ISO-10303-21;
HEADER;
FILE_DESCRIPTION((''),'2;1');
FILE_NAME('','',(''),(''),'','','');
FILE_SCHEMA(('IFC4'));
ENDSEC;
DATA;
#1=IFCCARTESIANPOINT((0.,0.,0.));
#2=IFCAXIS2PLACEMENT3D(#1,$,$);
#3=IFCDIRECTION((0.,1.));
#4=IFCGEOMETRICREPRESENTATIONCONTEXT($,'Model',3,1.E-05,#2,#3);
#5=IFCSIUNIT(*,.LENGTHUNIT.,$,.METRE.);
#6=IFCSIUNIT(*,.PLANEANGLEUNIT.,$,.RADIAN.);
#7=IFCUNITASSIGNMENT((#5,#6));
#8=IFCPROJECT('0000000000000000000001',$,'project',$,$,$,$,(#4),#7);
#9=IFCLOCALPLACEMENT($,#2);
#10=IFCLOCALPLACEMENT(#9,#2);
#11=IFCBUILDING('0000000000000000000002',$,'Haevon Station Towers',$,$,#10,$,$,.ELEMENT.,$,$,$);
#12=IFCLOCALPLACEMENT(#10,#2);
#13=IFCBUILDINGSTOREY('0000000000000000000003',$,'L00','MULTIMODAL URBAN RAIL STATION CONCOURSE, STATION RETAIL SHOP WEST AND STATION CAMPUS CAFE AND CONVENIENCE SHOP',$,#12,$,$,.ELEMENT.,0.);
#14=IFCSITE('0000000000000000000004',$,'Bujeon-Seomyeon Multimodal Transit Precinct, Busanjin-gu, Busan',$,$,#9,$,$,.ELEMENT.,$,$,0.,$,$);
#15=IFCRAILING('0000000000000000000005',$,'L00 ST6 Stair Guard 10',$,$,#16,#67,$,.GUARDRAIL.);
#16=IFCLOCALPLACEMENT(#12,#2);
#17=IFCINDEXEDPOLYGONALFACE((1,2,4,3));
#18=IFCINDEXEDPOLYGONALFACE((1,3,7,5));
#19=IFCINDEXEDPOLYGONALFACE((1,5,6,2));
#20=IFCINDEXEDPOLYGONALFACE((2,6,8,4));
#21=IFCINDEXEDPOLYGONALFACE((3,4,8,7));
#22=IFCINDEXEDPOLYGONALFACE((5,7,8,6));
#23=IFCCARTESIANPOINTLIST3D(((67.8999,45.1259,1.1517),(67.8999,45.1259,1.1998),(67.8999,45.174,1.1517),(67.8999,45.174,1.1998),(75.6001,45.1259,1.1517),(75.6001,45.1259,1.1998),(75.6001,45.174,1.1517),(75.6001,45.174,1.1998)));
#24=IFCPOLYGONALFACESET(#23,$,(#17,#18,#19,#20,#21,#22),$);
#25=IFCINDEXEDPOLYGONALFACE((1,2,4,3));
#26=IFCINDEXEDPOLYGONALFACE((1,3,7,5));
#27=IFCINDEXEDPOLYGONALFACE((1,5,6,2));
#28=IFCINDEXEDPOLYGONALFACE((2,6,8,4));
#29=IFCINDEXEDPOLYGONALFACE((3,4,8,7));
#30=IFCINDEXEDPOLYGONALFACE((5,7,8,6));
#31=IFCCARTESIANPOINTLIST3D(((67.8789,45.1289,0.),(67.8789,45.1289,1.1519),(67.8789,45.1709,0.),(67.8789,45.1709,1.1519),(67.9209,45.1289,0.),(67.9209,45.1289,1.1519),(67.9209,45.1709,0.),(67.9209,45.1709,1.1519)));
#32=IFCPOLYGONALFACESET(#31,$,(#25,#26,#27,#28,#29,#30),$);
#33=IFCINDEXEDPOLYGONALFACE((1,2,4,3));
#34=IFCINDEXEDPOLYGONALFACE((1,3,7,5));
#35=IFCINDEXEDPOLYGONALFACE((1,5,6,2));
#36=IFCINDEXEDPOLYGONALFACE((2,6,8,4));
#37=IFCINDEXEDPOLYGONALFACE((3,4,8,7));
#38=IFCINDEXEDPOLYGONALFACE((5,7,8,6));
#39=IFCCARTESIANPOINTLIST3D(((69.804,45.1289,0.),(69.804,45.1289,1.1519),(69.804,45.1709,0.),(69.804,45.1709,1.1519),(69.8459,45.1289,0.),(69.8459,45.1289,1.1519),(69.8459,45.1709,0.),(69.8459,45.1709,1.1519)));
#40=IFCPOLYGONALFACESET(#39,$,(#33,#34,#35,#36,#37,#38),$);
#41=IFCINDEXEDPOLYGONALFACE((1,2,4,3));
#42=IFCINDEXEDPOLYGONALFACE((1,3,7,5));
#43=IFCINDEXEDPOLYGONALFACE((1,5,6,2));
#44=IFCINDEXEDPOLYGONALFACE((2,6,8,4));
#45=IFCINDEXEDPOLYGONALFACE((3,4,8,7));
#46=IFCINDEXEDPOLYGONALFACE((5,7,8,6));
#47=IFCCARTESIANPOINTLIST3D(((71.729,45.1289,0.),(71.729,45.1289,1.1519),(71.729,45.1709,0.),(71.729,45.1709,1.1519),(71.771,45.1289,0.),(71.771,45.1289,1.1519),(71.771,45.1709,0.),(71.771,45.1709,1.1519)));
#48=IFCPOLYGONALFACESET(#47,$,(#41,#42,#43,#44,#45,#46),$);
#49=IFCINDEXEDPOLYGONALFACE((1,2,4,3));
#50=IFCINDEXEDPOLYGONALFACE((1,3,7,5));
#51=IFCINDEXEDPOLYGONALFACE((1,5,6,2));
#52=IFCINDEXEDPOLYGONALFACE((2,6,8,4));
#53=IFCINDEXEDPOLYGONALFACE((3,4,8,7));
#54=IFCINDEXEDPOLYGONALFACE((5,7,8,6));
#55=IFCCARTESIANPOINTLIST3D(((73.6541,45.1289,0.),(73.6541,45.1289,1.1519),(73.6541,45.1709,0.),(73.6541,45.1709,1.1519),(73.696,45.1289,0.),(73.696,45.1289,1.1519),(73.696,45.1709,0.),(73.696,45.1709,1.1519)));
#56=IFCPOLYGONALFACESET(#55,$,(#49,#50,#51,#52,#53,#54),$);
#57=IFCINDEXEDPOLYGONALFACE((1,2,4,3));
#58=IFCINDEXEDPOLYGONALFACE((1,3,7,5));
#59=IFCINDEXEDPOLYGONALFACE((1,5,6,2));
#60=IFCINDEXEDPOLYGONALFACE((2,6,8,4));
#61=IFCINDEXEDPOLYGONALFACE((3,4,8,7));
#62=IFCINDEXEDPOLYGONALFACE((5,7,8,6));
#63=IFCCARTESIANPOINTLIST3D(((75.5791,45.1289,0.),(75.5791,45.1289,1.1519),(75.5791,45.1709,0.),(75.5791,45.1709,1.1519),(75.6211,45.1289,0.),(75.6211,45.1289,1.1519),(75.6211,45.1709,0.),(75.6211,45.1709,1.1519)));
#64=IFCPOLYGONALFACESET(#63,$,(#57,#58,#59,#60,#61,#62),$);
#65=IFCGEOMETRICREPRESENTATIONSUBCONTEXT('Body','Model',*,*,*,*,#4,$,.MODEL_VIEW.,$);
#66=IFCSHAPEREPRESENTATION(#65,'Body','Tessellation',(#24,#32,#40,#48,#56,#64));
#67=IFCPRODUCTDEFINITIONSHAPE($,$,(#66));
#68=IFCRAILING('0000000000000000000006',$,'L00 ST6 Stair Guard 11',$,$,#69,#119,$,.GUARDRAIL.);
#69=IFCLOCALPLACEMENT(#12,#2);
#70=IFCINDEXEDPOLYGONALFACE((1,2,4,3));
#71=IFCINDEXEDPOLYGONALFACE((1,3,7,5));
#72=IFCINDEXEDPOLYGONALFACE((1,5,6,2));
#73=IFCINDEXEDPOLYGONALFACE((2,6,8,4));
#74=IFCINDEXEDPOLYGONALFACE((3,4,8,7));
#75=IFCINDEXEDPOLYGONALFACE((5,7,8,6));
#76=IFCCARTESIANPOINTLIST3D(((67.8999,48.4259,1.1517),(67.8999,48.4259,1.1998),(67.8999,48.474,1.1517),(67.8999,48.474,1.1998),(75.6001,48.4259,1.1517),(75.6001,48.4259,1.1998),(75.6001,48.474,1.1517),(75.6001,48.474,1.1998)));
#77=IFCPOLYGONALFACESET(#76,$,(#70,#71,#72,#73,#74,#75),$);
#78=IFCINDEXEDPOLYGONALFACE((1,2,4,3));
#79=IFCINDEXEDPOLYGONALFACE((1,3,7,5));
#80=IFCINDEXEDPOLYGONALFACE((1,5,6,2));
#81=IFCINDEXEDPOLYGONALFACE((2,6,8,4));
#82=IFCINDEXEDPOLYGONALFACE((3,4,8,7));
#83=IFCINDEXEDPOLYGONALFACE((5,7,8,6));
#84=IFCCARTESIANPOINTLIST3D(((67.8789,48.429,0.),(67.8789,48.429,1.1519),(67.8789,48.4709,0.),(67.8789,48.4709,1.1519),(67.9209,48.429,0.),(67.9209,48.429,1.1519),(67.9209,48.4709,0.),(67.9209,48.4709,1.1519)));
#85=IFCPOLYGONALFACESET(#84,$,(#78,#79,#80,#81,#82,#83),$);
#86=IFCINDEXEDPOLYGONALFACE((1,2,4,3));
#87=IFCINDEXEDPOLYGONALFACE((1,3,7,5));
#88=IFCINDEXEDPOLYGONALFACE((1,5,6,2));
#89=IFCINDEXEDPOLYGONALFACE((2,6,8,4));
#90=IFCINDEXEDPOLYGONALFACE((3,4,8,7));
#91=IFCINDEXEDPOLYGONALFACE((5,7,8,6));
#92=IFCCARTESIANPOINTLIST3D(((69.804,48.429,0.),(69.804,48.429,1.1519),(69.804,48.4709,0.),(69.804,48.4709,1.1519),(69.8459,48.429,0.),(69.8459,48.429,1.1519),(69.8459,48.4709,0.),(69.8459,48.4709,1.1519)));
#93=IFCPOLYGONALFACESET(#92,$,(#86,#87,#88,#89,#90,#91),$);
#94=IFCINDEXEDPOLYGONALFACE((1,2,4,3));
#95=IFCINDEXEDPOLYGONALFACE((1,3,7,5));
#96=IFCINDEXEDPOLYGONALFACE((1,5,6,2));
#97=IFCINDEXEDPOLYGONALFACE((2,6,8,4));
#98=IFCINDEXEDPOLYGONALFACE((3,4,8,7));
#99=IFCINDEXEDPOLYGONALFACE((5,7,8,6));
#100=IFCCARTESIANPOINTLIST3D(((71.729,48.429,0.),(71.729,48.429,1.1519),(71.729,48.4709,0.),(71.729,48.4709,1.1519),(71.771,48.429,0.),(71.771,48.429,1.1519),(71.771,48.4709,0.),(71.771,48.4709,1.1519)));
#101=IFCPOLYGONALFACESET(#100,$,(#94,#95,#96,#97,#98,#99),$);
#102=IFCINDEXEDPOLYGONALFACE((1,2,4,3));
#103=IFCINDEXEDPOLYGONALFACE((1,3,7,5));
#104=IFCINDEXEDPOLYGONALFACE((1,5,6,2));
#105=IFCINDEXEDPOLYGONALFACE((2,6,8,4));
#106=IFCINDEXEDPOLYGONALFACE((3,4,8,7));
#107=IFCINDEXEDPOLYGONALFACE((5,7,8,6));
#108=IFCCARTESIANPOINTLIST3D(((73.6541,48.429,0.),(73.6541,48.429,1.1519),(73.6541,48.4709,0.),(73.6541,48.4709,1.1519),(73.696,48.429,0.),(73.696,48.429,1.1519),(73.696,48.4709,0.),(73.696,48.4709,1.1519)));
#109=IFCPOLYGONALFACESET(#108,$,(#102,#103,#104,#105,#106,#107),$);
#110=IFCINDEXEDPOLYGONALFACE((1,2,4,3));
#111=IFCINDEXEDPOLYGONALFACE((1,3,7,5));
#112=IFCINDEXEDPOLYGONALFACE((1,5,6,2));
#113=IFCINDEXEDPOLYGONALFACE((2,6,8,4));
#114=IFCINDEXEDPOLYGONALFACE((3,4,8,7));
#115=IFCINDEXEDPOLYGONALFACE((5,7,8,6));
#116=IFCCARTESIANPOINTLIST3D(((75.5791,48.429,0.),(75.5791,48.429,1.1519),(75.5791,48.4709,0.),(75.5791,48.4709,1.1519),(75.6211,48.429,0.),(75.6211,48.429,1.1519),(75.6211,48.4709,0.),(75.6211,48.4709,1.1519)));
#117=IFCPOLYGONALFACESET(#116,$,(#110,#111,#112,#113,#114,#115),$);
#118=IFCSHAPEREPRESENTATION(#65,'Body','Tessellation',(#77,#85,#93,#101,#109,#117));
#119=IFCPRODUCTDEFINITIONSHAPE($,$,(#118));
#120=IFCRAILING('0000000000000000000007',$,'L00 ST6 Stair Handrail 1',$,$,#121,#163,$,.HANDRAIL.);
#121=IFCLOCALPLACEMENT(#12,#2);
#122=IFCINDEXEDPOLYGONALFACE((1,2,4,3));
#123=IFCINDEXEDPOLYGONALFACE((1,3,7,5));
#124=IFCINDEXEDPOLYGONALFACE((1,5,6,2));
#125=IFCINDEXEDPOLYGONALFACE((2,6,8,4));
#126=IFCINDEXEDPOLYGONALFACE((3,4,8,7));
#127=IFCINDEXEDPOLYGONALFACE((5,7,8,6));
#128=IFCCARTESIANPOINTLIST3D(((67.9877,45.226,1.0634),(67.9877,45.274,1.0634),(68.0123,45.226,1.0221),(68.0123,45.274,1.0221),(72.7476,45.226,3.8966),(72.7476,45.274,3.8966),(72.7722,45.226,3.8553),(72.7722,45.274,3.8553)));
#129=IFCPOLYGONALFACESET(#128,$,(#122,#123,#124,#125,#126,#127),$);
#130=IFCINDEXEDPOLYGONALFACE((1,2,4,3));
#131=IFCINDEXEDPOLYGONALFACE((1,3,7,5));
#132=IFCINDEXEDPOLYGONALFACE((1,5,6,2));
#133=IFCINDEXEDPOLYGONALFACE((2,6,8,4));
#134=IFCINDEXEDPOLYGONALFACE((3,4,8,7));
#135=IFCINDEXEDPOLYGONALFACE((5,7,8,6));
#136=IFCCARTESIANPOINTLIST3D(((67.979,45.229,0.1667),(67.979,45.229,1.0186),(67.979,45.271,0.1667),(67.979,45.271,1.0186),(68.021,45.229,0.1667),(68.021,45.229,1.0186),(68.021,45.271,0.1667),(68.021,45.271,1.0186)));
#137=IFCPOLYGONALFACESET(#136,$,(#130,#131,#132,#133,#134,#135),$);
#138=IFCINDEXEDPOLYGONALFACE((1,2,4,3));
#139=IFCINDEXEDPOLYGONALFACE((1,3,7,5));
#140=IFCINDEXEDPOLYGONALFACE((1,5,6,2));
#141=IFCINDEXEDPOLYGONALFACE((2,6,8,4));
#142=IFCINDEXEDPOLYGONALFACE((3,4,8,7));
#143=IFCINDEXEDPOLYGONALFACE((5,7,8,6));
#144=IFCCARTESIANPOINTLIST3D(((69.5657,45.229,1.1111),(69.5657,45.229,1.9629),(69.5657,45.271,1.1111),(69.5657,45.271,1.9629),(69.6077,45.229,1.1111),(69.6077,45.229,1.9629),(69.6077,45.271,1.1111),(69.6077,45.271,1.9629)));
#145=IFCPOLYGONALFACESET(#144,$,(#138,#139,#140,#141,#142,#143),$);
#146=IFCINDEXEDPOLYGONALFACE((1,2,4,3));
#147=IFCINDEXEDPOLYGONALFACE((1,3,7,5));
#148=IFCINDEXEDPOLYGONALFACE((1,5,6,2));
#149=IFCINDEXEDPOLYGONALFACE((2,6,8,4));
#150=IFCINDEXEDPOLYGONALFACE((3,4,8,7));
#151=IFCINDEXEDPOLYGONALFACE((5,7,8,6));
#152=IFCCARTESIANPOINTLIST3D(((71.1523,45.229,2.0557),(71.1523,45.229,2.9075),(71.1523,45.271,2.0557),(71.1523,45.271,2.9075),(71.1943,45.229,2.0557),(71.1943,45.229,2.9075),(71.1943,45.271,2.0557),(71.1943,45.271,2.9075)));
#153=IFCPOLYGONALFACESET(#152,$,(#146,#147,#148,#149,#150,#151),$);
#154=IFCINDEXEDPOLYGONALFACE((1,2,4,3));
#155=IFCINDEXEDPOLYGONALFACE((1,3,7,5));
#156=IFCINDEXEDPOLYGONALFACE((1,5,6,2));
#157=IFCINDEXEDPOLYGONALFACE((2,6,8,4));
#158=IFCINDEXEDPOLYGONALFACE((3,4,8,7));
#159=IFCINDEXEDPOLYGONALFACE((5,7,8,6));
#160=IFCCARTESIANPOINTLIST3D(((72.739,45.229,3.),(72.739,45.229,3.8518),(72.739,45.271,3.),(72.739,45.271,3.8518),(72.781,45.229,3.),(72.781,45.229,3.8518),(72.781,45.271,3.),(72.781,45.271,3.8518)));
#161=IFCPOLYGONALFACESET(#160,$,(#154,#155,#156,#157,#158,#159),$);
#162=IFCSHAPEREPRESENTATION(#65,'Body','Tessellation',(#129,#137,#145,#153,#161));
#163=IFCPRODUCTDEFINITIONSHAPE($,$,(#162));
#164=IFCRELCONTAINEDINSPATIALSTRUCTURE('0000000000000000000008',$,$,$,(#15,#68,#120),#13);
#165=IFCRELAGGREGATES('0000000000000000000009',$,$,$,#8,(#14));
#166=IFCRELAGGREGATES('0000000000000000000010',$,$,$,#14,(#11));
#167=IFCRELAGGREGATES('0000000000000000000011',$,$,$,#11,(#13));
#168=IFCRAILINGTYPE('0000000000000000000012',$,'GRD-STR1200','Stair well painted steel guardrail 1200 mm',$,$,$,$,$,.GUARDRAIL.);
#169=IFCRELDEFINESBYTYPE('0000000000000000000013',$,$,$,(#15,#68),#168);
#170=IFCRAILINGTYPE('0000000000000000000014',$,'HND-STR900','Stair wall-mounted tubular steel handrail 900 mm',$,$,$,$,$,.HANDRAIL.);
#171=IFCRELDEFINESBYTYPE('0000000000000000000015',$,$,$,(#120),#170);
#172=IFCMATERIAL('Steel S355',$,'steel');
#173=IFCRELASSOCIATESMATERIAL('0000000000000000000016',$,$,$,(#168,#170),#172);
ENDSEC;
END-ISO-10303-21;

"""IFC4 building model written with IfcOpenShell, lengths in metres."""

from ifc_helpers import new_model, si_unit, direction, frame, origin, origin_2d, place, context, subcontext, project, spatial, rectangle, extrude, material, type_object, element, save


model = new_model("IFC4")

# Units and contexts
model_context = context("Model", 3, precision=1e-05, world=origin(), true_north=direction((0.0, 1.0)))
body_context = subcontext(model_context, "Body", "Model", "MODEL_VIEW")
ifc_project = project(units=[si_unit("LENGTHUNIT", "METRE"), si_unit("PLANEANGLEUNIT", "RADIAN")], contexts=[model_context])

# Site, building, storey
site_placement = place(None, origin())
site = spatial("IfcSite", under=ifc_project, at=site_placement, Name="Bujeon-Seomyeon Multimodal Transit Precinct, Busanjin-gu, Busan", CompositionType="ELEMENT", RefElevation=0.0)
building_placement = place(site_placement, origin())
building = spatial("IfcBuilding", under=site, at=building_placement, Name="Haevon Station Towers", CompositionType="ELEMENT")
storey_placement = place(building_placement, origin())
storey = spatial("IfcBuildingStorey", under=building, at=storey_placement, Name="L00", Description="MULTIMODAL URBAN RAIL STATION CONCOURSE, STATION RETAIL SHOP WEST AND STATION CAMPUS CAFE AND CONVENIENCE SHOP", CompositionType="ELEMENT", Elevation=0.0)

# Railings
ifc_material_1 = material(Name="Steel S355", Category="steel")
railing_type_1 = type_object("IfcRailingType", Name="GRD-STR1200", Description="Stair well painted steel guardrail 1200 mm", PredefinedType="GUARDRAIL", material=ifc_material_1)
for number, where, name in (
    (1, (67.8999, 45.1499, 0.0), "L00 ST6 Stair Guard 10"),
    (2, (67.8999, 48.45, 0.0), "L00 ST6 Stair Guard 11"),
):
    element("IfcRailing", number, at=place(storey_placement, frame(where)), inside=storey, type_object=railing_type_1, Name=name, PredefinedType="GUARDRAIL", context=body_context, shape_type="SweptSolid", body=[
        extrude(rectangle(XDim=0.0481, YDim=0.0481, at=origin_2d()), frame((0.0, 0.0, 1.1758), z_axis=(1.0, 0.0, 0.0), x_axis=(0.0, 1.0, 0.0)), (0.0, 0.0, 1.0), 7.7002),
        extrude(rectangle(XDim=0.042, YDim=0.042, at=origin_2d()), origin(), (0.0, 0.0, 1.0), 1.1519),
        extrude(rectangle(XDim=0.042, YDim=0.042, at=origin_2d()), frame((1.925, 0.0, 0.0)), (0.0, 0.0, 1.0), 1.1519),
        extrude(rectangle(XDim=0.042, YDim=0.042, at=origin_2d()), frame((3.8501, 0.0, 0.0)), (0.0, 0.0, 1.0), 1.1519),
        extrude(rectangle(XDim=0.042, YDim=0.042, at=origin_2d()), frame((5.7751, 0.0, 0.0)), (0.0, 0.0, 1.0), 1.1519),
        extrude(rectangle(XDim=0.042, YDim=0.042, at=origin_2d()), frame((7.7002, 0.0, 0.0)), (0.0, 0.0, 1.0), 1.1519),
    ])
railing_type_2 = type_object("IfcRailingType", Name="HND-STR900", Description="Stair wall-mounted tubular steel handrail 900 mm", PredefinedType="HANDRAIL", material=ifc_material_1)
railing_1_placement = place(storey_placement, frame((68.0, 45.25, 0.1667)))
element("IfcRailing", 3, at=railing_1_placement, inside=storey, type_object=railing_type_2, Name="L00 ST6 Stair Handrail 1", PredefinedType="HANDRAIL", context=body_context, shape_type="SweptSolid", body=[
    extrude(rectangle(XDim=0.0481, YDim=0.0481, at=origin_2d()), frame((0.0, 0.0, 0.876), z_axis=(0.8593, 0.0, 0.511472), x_axis=(0.0, 1.0, 0.0)), (0.0, 0.0, 1.0), 5.5393),
    extrude(rectangle(XDim=0.042, YDim=0.042, at=origin_2d()), origin(), (0.0, 0.0, 1.0), 0.8518),
    extrude(rectangle(XDim=0.042, YDim=0.042, at=origin_2d()), frame((1.5867, 0.0, 0.9443)), (0.0, 0.0, 1.0), 0.8518),
    extrude(rectangle(XDim=0.042, YDim=0.042, at=origin_2d()), frame((3.1733, 0.0, 1.8889)), (0.0, 0.0, 1.0), 0.8518),
    extrude(rectangle(XDim=0.042, YDim=0.042, at=origin_2d()), frame((4.76, 0.0, 2.8333)), (0.0, 0.0, 1.0), 0.8518),
])

save(model, "model.ifc")
